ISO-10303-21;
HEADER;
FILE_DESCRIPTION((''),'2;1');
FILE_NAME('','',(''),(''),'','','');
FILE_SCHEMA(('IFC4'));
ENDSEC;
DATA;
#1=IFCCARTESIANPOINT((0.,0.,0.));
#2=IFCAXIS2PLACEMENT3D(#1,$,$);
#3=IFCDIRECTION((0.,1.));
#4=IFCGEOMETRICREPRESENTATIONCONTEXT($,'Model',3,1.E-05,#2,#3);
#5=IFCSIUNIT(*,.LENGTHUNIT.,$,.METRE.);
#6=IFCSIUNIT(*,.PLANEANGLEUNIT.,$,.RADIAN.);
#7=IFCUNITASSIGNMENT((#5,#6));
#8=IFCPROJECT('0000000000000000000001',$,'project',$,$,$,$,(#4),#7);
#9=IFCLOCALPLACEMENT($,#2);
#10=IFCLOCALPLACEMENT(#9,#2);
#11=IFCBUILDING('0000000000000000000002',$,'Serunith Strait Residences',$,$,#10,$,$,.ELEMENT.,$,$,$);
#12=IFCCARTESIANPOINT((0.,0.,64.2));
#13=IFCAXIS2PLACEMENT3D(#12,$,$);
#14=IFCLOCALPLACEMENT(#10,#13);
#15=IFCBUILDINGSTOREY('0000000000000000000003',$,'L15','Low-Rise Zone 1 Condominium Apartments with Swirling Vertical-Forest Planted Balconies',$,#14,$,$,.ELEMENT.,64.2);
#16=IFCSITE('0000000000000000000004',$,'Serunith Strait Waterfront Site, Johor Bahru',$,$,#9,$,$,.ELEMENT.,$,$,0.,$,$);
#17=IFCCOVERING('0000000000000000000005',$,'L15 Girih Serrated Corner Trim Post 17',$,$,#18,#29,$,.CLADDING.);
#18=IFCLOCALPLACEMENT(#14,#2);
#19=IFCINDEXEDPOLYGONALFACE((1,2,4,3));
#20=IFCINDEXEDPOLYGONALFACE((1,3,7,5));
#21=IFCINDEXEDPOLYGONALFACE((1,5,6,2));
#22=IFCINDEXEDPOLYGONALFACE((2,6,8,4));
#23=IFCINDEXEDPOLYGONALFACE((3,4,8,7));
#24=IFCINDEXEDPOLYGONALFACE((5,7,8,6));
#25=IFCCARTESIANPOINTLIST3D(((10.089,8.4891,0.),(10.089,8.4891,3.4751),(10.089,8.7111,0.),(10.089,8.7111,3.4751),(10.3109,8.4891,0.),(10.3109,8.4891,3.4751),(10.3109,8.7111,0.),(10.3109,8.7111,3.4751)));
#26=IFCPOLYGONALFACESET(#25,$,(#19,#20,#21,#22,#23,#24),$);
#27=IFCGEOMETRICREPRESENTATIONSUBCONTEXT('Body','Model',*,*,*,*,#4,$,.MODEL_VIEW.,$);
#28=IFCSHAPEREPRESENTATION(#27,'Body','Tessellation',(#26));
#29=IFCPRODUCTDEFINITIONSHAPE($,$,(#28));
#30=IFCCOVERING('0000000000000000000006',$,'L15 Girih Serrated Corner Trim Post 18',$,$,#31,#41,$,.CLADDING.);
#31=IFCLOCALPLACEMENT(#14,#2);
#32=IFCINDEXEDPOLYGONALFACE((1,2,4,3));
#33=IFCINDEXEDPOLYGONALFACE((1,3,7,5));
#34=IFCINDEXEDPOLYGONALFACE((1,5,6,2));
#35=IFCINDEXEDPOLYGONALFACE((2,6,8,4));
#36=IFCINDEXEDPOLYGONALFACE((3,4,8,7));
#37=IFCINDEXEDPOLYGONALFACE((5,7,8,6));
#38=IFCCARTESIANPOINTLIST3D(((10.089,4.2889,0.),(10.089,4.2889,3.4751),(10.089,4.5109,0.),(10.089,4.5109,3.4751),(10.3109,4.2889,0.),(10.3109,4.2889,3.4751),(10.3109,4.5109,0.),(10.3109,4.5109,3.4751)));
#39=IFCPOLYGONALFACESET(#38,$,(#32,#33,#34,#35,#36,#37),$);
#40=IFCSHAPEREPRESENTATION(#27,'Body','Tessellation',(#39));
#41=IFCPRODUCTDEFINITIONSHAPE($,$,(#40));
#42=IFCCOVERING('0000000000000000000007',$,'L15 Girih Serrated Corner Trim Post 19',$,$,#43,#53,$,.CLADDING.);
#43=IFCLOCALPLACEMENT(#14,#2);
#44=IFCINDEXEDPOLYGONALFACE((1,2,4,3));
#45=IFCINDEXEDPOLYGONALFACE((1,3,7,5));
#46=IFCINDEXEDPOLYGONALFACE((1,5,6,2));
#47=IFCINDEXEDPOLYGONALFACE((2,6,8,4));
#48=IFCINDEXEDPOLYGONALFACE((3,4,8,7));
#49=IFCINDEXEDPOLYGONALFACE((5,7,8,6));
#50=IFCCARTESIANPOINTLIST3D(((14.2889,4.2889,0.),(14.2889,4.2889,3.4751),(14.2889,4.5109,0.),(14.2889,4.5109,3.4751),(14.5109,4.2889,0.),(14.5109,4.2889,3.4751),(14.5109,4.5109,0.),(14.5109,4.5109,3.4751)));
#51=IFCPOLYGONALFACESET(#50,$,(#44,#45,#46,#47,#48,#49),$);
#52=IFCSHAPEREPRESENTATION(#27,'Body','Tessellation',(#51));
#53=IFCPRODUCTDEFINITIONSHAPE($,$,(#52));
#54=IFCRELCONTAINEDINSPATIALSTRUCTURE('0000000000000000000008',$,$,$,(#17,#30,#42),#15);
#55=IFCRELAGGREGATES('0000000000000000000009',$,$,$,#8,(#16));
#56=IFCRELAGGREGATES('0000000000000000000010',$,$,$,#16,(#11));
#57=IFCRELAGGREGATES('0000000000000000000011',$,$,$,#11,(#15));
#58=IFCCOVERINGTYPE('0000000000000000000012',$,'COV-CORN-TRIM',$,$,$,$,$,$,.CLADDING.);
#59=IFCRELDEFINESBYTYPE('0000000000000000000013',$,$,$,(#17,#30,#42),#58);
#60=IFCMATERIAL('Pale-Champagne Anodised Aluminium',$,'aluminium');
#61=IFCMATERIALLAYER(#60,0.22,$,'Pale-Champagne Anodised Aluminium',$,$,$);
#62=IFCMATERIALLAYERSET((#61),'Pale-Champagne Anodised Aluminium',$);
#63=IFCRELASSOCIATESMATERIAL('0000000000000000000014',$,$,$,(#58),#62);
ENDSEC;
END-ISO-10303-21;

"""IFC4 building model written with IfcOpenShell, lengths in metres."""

from ifc_helpers import new_model, si_unit, direction, frame, origin, origin_2d, place, context, subcontext, project, spatial, rectangle, extrude, source, transform, mapped, material, layer, layer_set, type_object, element, save


model = new_model("IFC4")

# Units and contexts
model_context = context("Model", 3, precision=1e-05, world=origin(), true_north=direction((0.0, 1.0)))
body_context = subcontext(model_context, "Body", "Model", "MODEL_VIEW")
ifc_project = project(units=[si_unit("LENGTHUNIT", "METRE"), si_unit("PLANEANGLEUNIT", "RADIAN")], contexts=[model_context])

# Site, building, storey
site_placement = place(None, origin())
site = spatial("IfcSite", under=ifc_project, at=site_placement, Name="Serunith Strait Waterfront Site, Johor Bahru", CompositionType="ELEMENT", RefElevation=0.0)
building_placement = place(site_placement, origin())
building = spatial("IfcBuilding", under=site, at=building_placement, Name="Serunith Strait Residences", CompositionType="ELEMENT")
storey_placement = place(building_placement, frame((0.0, 0.0, 64.2)))
storey = spatial("IfcBuildingStorey", under=building, at=storey_placement, Name="L15", Description="Low-Rise Zone 1 Condominium Apartments with Swirling Vertical-Forest Planted Balconies", CompositionType="ELEMENT", Elevation=64.2)

# Shared definitions
ifc_material_1 = material(Name="Pale-Champagne Anodised Aluminium", Category="aluminium")

# Coverings
ifc_layer_1 = layer(ifc_material_1, 0.22, Name="Pale-Champagne Anodised Aluminium")
ifc_layer_set_1 = layer_set([ifc_layer_1], Name="Pale-Champagne Anodised Aluminium")
covering_type_1 = type_object("IfcCoveringType", Name="COV-CORN-TRIM", PredefinedType="CLADDING", material=ifc_layer_set_1)
shared_shape_1 = source(origin(), body_context, "Body", "SweptSolid", [
    extrude(rectangle(XDim=0.2219, YDim=0.2219, at=origin_2d()), origin(), (0.0, 0.0, 1.0), 3.4751),
])
for number, where, z_axis, x_axis, name in (
    (1, (10.2, 8.6001, 0.0), (0.0, 0.0, 1.0), (1.0, 0.0, 0.0), "L15 Girih Serrated Corner Trim Post 17"),
    (2, (10.2, 4.3999, 0.0), (0.0, 0.0, 1.0), (1.0, 0.0, 0.0), "L15 Girih Serrated Corner Trim Post 18"),
    (3, (14.3999, 4.3999, 0.0), (0.0, 0.0, 1.0), (1.0, 0.0, 0.0), "L15 Girih Serrated Corner Trim Post 19"),
):
    element("IfcCovering", number, at=place(storey_placement, frame(where, z_axis=z_axis, x_axis=x_axis)), inside=storey, type_object=covering_type_1, Name=name, PredefinedType="CLADDING", context=body_context, shape_type="MappedRepresentation", body=[
        mapped(shared_shape_1, transform((0.0, 0.0, 0.0), scale=1.0)),
    ])

save(model, "model.ifc")
